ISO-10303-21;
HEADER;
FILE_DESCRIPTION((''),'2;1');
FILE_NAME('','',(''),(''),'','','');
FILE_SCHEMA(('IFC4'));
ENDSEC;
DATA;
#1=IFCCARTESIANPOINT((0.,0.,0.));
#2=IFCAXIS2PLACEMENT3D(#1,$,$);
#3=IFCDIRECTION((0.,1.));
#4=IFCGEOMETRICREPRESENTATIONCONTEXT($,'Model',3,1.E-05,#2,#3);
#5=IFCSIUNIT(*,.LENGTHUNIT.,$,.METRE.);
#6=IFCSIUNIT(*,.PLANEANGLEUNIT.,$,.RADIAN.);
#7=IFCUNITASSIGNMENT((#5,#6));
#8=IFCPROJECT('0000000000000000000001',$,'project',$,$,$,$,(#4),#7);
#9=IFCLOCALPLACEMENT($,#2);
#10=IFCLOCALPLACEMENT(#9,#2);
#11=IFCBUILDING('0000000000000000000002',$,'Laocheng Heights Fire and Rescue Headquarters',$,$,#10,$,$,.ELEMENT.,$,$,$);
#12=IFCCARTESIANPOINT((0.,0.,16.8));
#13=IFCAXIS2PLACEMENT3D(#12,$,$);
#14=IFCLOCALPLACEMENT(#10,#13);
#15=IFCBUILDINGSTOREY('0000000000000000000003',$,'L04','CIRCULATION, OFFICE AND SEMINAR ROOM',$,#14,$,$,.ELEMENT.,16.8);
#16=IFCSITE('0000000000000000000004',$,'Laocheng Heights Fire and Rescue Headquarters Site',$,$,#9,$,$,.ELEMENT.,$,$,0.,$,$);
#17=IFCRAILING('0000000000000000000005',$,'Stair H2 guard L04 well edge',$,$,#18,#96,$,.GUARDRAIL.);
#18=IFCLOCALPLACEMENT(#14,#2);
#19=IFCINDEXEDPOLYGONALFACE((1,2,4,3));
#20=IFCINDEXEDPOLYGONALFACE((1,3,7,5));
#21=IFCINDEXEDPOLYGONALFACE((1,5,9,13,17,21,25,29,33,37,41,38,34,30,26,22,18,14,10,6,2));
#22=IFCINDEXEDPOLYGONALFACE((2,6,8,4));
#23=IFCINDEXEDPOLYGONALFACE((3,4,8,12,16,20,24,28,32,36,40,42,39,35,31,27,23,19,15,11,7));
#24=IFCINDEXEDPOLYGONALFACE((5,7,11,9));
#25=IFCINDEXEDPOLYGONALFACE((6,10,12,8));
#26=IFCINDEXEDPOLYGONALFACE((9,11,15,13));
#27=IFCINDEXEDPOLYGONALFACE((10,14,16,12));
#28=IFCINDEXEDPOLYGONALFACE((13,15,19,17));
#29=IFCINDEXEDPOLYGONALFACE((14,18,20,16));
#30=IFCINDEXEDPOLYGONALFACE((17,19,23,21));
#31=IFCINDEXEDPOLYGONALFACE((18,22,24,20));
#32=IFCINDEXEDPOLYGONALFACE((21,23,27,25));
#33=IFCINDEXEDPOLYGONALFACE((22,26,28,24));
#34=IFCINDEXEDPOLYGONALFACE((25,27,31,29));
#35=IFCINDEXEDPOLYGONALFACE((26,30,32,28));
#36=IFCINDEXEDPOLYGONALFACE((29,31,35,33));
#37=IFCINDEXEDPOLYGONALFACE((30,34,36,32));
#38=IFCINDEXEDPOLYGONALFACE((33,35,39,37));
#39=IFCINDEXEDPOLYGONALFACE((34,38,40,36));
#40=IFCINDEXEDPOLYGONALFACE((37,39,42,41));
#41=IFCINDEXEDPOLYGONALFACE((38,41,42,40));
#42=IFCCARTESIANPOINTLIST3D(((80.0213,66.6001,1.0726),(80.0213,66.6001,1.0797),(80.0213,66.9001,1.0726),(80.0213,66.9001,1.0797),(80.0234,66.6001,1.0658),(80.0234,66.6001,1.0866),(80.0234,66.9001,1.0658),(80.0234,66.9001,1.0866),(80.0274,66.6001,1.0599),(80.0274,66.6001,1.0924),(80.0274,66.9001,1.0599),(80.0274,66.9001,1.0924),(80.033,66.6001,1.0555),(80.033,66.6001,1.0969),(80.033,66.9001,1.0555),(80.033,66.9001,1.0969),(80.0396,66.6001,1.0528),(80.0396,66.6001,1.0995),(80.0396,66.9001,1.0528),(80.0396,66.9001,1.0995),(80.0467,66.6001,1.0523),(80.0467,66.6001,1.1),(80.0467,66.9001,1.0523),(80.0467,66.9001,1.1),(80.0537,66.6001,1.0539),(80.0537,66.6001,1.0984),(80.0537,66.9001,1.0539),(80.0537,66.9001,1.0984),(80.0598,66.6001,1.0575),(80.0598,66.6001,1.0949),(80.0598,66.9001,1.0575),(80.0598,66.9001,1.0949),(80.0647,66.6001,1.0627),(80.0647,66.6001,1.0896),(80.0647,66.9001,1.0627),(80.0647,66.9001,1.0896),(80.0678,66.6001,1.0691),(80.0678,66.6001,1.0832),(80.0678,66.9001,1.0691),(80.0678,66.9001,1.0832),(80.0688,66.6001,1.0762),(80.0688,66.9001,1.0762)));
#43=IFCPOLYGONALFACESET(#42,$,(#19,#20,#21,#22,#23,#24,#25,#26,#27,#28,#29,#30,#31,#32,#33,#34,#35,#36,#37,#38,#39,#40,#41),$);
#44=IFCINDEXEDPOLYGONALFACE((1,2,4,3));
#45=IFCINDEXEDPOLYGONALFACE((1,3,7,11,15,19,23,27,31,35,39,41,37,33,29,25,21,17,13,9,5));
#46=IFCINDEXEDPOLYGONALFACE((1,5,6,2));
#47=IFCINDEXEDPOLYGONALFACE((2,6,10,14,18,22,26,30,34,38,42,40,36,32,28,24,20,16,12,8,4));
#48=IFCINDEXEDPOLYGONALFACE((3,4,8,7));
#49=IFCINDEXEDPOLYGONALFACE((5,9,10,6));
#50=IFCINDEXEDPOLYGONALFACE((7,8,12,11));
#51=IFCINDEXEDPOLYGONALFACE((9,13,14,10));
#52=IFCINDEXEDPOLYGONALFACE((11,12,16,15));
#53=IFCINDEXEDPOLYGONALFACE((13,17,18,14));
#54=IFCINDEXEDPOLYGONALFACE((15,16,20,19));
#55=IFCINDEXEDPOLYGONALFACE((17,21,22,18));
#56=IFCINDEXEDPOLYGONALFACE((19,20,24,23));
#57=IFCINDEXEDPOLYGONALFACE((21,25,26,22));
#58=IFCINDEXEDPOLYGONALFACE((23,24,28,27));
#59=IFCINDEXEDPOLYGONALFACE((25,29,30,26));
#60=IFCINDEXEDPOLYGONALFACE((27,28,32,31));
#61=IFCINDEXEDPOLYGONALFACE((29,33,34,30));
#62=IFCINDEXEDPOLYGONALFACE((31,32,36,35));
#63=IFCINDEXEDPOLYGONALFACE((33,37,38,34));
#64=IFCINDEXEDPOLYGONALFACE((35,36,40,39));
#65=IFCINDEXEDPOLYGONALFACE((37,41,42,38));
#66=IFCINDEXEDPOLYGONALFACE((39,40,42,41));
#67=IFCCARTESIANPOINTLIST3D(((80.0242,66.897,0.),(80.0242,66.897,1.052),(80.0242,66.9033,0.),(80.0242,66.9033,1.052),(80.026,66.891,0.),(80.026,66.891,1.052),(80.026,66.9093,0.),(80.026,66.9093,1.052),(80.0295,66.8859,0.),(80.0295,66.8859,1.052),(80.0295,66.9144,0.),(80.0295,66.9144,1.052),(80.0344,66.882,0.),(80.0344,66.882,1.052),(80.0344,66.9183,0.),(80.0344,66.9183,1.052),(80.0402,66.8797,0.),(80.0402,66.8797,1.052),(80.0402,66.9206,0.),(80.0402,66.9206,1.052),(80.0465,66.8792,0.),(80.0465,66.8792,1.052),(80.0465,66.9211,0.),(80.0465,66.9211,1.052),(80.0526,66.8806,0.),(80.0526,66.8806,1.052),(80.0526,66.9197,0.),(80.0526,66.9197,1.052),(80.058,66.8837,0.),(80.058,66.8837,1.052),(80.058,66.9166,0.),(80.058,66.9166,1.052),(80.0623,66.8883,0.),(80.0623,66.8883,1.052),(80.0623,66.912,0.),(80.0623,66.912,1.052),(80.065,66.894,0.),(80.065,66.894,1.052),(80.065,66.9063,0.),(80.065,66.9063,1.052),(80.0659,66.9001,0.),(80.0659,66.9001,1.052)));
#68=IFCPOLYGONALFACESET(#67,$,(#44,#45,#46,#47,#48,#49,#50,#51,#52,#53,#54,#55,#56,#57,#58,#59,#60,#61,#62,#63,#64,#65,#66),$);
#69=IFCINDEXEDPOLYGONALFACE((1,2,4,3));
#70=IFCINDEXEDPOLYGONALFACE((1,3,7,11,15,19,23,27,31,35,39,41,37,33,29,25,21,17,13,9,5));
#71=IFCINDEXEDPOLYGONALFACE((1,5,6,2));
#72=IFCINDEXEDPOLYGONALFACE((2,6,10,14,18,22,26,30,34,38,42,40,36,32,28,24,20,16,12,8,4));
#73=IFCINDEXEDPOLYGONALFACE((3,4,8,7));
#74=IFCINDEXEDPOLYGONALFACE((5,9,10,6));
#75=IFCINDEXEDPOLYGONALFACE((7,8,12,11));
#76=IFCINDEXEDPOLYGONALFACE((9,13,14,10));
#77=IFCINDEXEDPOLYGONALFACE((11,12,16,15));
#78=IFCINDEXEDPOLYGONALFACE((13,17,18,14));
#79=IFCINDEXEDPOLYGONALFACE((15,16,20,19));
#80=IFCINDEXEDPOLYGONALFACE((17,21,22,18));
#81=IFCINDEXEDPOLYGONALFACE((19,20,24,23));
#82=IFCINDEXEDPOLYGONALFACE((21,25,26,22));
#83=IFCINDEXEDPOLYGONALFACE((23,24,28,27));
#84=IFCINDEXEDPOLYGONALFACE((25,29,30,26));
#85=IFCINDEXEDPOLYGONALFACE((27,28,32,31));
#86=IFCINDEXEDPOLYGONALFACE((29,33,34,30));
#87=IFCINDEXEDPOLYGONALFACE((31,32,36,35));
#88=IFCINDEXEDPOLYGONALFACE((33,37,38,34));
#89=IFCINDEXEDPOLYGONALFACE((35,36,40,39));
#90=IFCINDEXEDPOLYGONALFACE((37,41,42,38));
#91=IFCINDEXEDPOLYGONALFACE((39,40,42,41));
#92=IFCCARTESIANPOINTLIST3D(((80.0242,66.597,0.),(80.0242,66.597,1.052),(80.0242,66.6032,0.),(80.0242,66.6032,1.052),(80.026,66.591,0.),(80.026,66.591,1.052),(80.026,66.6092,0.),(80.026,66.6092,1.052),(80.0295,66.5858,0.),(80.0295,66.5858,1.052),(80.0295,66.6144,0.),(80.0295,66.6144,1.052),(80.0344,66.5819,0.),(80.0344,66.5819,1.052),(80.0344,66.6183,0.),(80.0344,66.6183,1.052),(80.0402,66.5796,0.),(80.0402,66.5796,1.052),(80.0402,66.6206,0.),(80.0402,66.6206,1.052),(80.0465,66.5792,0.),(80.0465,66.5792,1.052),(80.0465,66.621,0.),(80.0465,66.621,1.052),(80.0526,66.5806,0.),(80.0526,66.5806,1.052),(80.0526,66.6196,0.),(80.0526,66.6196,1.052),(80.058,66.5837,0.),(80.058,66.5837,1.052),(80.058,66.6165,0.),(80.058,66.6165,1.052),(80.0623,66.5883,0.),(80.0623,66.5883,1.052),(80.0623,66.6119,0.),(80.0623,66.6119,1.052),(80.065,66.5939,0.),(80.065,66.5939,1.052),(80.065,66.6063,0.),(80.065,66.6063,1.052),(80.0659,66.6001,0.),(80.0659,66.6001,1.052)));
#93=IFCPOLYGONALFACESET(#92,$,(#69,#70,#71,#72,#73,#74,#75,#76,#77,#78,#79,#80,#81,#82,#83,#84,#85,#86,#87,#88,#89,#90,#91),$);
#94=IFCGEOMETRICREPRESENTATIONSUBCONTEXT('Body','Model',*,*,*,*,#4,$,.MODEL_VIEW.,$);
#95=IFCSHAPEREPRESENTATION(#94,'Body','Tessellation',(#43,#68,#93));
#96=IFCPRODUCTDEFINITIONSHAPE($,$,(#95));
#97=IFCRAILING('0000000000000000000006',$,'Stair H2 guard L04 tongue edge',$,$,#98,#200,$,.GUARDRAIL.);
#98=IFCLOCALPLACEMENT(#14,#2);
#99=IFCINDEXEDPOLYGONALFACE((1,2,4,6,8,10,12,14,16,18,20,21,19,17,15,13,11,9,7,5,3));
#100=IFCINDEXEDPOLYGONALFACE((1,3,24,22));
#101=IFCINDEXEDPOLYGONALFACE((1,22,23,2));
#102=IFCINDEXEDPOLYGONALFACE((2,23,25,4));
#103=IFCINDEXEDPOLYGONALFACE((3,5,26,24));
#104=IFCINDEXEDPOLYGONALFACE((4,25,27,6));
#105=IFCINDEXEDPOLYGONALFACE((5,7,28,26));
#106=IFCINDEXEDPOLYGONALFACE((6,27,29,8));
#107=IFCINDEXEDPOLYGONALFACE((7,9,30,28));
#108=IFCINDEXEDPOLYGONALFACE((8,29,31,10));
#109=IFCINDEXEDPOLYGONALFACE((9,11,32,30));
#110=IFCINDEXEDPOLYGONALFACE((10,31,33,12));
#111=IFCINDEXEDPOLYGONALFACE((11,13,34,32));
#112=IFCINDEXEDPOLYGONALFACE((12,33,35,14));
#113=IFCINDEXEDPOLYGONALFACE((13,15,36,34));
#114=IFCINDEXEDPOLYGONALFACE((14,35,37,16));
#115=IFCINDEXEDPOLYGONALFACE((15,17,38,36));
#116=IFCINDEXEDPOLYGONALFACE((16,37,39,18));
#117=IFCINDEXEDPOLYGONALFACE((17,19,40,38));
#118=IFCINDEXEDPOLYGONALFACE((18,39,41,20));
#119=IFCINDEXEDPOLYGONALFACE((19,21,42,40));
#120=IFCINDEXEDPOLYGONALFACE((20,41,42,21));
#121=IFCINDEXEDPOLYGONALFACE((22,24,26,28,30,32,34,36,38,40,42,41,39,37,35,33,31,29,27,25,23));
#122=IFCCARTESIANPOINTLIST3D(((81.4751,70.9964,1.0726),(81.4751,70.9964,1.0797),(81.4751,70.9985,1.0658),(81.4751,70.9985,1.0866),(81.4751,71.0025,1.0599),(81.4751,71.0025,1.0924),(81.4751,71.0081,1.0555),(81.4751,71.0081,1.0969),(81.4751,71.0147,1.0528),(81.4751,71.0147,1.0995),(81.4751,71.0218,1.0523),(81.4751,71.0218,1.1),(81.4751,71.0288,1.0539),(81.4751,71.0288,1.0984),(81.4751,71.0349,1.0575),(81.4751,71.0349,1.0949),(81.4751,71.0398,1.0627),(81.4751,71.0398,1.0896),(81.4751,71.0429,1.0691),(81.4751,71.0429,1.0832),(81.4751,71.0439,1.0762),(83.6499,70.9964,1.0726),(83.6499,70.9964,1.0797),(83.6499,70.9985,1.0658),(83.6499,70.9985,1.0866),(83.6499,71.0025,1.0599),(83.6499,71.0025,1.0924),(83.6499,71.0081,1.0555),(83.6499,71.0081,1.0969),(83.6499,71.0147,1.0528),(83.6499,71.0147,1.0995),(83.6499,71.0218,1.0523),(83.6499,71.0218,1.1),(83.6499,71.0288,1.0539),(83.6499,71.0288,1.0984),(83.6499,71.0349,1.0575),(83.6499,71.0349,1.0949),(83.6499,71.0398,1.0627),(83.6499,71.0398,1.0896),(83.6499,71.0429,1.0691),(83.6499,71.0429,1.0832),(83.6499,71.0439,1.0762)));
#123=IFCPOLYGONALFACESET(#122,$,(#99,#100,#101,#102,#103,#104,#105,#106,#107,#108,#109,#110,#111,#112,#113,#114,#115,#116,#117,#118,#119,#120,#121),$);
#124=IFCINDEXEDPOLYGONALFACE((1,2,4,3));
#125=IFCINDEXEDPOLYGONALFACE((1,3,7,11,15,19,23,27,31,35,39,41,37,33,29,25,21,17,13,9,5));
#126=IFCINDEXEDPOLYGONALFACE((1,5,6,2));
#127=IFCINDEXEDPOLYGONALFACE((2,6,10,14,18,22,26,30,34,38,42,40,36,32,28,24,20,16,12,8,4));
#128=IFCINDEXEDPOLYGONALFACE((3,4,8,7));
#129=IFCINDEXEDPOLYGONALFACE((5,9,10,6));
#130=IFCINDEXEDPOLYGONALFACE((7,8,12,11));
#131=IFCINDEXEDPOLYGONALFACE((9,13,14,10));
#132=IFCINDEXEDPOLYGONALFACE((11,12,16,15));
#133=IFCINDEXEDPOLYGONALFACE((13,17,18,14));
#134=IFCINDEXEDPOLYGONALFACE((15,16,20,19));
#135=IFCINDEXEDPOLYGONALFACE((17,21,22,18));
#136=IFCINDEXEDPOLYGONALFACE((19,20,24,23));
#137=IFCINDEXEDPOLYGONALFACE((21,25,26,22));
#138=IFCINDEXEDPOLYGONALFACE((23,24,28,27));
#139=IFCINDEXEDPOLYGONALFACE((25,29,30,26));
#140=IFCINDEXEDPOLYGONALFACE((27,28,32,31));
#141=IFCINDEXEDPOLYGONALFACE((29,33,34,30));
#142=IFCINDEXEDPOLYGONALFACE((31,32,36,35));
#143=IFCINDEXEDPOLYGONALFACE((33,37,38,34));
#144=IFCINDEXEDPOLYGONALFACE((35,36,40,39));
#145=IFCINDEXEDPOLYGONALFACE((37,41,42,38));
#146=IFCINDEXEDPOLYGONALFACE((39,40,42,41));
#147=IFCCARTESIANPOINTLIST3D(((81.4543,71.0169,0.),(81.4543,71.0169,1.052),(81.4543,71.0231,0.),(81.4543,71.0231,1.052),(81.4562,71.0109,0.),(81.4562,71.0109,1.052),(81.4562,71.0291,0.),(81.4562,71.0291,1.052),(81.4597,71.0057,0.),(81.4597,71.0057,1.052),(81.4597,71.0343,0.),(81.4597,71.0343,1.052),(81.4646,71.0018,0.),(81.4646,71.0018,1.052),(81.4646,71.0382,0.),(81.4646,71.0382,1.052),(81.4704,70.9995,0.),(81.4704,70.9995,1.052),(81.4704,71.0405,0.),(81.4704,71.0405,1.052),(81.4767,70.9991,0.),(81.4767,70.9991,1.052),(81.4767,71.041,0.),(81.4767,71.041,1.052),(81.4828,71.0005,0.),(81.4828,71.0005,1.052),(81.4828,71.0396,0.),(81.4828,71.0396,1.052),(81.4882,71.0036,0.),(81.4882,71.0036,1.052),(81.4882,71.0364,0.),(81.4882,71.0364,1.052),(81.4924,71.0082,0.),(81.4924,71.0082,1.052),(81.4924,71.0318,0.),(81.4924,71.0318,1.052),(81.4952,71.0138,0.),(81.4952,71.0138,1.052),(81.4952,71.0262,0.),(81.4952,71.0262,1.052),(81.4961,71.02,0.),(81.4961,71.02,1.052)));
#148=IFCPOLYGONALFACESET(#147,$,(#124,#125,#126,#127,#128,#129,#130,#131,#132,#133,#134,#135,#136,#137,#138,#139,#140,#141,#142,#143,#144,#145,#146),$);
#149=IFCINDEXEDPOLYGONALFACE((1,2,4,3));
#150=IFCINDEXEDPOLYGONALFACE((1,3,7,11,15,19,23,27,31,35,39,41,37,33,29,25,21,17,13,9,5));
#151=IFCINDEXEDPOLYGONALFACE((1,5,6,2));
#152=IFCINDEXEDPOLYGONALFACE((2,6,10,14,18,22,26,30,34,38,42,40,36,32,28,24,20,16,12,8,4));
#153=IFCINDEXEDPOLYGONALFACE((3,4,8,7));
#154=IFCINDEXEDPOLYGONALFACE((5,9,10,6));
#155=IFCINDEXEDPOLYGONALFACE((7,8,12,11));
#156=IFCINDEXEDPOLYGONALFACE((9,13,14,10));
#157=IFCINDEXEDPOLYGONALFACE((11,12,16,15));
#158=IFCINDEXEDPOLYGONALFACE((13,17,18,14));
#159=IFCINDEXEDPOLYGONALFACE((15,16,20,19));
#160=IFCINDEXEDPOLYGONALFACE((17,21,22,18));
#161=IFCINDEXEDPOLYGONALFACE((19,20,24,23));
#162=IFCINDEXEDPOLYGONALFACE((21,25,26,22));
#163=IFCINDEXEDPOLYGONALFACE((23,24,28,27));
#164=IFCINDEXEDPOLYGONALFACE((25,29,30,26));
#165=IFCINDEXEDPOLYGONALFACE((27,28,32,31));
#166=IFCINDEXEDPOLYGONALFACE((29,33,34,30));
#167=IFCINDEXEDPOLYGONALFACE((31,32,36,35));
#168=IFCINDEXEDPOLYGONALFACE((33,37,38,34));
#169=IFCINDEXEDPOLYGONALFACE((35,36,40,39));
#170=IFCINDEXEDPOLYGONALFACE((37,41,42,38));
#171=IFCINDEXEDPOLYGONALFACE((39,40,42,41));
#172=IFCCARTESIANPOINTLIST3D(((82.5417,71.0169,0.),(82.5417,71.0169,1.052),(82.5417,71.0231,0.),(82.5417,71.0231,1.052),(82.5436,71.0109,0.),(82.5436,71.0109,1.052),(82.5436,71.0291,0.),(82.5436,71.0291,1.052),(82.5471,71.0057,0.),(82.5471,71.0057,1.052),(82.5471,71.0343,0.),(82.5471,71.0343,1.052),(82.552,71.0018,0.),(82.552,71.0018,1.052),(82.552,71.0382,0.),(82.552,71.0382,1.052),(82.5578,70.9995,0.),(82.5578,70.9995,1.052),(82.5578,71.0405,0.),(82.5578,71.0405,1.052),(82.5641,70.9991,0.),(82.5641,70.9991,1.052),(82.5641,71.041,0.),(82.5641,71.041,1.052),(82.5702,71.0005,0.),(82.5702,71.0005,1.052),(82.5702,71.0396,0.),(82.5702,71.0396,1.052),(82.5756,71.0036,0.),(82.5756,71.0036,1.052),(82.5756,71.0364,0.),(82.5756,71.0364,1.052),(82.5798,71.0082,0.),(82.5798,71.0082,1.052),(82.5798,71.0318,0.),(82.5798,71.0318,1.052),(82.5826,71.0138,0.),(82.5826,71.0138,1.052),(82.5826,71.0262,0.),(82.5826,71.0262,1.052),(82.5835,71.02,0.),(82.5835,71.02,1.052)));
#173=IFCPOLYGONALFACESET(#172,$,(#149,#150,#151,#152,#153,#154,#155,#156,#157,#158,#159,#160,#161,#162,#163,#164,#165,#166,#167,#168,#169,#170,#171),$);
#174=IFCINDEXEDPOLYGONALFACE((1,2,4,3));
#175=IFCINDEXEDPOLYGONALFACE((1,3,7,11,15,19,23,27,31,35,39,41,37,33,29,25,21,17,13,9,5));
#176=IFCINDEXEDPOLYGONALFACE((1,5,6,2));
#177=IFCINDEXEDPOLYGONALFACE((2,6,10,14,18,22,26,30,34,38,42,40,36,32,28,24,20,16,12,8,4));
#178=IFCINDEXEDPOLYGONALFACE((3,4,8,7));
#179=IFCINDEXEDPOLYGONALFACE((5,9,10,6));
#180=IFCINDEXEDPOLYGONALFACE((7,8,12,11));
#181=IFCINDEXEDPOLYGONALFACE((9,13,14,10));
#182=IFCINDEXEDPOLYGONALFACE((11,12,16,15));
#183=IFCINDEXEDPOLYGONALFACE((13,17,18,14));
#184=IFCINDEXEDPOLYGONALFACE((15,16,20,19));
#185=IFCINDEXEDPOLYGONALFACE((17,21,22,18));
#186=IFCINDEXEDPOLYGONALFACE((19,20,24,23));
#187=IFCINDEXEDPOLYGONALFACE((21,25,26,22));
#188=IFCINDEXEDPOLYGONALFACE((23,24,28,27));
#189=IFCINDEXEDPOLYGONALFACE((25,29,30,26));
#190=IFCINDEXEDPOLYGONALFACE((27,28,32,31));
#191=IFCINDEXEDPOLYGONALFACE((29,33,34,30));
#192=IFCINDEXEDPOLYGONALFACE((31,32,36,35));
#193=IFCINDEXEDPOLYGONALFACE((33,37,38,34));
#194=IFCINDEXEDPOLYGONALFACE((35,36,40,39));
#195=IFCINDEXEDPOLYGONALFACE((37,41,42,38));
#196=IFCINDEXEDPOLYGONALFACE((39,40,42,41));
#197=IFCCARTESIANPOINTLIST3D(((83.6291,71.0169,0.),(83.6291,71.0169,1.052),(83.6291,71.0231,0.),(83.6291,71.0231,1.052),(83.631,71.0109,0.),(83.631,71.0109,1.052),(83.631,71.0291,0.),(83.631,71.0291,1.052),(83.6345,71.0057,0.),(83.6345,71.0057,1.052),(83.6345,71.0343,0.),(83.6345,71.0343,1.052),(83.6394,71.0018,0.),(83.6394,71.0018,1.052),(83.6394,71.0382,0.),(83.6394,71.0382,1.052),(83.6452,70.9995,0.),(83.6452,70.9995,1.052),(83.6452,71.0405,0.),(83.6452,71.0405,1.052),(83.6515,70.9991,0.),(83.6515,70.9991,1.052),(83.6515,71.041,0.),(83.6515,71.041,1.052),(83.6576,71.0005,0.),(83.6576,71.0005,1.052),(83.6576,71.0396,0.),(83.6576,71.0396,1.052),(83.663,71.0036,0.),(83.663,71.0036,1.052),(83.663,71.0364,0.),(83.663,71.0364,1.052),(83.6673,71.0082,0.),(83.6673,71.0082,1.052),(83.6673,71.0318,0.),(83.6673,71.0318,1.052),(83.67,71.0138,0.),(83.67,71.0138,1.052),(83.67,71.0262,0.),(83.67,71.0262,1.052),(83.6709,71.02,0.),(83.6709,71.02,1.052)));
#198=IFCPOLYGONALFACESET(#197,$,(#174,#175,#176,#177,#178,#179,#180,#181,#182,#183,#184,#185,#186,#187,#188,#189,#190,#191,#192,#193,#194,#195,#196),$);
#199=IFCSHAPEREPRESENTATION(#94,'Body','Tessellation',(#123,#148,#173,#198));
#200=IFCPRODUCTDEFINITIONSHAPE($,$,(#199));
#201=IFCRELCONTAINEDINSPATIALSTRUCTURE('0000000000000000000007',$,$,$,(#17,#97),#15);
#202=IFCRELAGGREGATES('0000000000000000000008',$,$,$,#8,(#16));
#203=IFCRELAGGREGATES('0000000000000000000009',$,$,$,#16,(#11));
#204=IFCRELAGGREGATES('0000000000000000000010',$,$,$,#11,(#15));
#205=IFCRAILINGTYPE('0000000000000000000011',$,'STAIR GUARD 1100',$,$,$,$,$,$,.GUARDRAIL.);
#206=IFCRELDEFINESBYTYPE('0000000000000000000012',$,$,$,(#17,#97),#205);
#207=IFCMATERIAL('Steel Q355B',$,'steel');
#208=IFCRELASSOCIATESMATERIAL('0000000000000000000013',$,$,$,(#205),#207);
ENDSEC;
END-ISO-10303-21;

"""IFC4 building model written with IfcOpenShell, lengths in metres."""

from ifc_helpers import new_model, si_unit, direction, frame, origin, origin_2d, place, context, subcontext, project, spatial, circle, extrude, material, type_object, element, save


model = new_model("IFC4")

# Units and contexts
model_context = context("Model", 3, precision=1e-05, world=origin(), true_north=direction((0.0, 1.0)))
body_context = subcontext(model_context, "Body", "Model", "MODEL_VIEW")
ifc_project = project(units=[si_unit("LENGTHUNIT", "METRE"), si_unit("PLANEANGLEUNIT", "RADIAN")], contexts=[model_context])

# Site, building, storey
site_placement = place(None, origin())
site = spatial("IfcSite", under=ifc_project, at=site_placement, Name="Laocheng Heights Fire and Rescue Headquarters Site", CompositionType="ELEMENT", RefElevation=0.0)
building_placement = place(site_placement, origin())
building = spatial("IfcBuilding", under=site, at=building_placement, Name="Laocheng Heights Fire and Rescue Headquarters", CompositionType="ELEMENT")
storey_placement = place(building_placement, frame((0.0, 0.0, 16.8)))
storey = spatial("IfcBuildingStorey", under=building, at=storey_placement, Name="L04", Description="CIRCULATION, OFFICE AND SEMINAR ROOM", CompositionType="ELEMENT", Elevation=16.8)

# Railings
ifc_material_1 = material(Name="Steel Q355B", Category="steel")
railing_type_1 = type_object("IfcRailingType", Name="STAIR GUARD 1100", PredefinedType="GUARDRAIL", material=ifc_material_1)
railing_1_placement = place(storey_placement, frame((80.0449, 66.9001, 0.0)))
element("IfcRailing", 1, at=railing_1_placement, inside=storey, type_object=railing_type_1, Name="Stair H2 guard L04 well edge", PredefinedType="GUARDRAIL", context=body_context, shape_type="SweptSolid", body=[
    extrude(circle(Radius=0.0239, at=origin_2d()), frame((0.0, 0.0, 1.0762), z_axis=(0.0, -1.0, 0.0), x_axis=(1.0, 0.0, 0.0)), (0.0, 0.0, 1.0), 0.3),
    extrude(circle(Radius=0.021, at=origin_2d()), origin(), (0.0, 0.0, 1.0), 1.052),
    extrude(circle(Radius=0.021, at=origin_2d()), frame((0.0, -0.3, 0.0)), (0.0, 0.0, 1.0), 1.052),
])
railing_2_placement = place(storey_placement, frame((81.4751, 71.02, 0.0)))
element("IfcRailing", 2, at=railing_2_placement, inside=storey, type_object=railing_type_1, Name="Stair H2 guard L04 tongue edge", PredefinedType="GUARDRAIL", context=body_context, shape_type="SweptSolid", body=[
    extrude(circle(Radius=0.0239, at=origin_2d()), frame((0.0, 0.0, 1.0762), z_axis=(1.0, 0.0, 0.0), x_axis=(0.0, 1.0, 0.0)), (0.0, 0.0, 1.0), 2.1748),
    extrude(circle(Radius=0.021, at=origin_2d()), origin(), (0.0, 0.0, 1.0), 1.052),
    extrude(circle(Radius=0.021, at=origin_2d()), frame((1.0874, 0.0, 0.0)), (0.0, 0.0, 1.0), 1.052),
    extrude(circle(Radius=0.021, at=origin_2d()), frame((2.1748, 0.0, 0.0)), (0.0, 0.0, 1.0), 1.052),
])

save(model, "model.ifc")
